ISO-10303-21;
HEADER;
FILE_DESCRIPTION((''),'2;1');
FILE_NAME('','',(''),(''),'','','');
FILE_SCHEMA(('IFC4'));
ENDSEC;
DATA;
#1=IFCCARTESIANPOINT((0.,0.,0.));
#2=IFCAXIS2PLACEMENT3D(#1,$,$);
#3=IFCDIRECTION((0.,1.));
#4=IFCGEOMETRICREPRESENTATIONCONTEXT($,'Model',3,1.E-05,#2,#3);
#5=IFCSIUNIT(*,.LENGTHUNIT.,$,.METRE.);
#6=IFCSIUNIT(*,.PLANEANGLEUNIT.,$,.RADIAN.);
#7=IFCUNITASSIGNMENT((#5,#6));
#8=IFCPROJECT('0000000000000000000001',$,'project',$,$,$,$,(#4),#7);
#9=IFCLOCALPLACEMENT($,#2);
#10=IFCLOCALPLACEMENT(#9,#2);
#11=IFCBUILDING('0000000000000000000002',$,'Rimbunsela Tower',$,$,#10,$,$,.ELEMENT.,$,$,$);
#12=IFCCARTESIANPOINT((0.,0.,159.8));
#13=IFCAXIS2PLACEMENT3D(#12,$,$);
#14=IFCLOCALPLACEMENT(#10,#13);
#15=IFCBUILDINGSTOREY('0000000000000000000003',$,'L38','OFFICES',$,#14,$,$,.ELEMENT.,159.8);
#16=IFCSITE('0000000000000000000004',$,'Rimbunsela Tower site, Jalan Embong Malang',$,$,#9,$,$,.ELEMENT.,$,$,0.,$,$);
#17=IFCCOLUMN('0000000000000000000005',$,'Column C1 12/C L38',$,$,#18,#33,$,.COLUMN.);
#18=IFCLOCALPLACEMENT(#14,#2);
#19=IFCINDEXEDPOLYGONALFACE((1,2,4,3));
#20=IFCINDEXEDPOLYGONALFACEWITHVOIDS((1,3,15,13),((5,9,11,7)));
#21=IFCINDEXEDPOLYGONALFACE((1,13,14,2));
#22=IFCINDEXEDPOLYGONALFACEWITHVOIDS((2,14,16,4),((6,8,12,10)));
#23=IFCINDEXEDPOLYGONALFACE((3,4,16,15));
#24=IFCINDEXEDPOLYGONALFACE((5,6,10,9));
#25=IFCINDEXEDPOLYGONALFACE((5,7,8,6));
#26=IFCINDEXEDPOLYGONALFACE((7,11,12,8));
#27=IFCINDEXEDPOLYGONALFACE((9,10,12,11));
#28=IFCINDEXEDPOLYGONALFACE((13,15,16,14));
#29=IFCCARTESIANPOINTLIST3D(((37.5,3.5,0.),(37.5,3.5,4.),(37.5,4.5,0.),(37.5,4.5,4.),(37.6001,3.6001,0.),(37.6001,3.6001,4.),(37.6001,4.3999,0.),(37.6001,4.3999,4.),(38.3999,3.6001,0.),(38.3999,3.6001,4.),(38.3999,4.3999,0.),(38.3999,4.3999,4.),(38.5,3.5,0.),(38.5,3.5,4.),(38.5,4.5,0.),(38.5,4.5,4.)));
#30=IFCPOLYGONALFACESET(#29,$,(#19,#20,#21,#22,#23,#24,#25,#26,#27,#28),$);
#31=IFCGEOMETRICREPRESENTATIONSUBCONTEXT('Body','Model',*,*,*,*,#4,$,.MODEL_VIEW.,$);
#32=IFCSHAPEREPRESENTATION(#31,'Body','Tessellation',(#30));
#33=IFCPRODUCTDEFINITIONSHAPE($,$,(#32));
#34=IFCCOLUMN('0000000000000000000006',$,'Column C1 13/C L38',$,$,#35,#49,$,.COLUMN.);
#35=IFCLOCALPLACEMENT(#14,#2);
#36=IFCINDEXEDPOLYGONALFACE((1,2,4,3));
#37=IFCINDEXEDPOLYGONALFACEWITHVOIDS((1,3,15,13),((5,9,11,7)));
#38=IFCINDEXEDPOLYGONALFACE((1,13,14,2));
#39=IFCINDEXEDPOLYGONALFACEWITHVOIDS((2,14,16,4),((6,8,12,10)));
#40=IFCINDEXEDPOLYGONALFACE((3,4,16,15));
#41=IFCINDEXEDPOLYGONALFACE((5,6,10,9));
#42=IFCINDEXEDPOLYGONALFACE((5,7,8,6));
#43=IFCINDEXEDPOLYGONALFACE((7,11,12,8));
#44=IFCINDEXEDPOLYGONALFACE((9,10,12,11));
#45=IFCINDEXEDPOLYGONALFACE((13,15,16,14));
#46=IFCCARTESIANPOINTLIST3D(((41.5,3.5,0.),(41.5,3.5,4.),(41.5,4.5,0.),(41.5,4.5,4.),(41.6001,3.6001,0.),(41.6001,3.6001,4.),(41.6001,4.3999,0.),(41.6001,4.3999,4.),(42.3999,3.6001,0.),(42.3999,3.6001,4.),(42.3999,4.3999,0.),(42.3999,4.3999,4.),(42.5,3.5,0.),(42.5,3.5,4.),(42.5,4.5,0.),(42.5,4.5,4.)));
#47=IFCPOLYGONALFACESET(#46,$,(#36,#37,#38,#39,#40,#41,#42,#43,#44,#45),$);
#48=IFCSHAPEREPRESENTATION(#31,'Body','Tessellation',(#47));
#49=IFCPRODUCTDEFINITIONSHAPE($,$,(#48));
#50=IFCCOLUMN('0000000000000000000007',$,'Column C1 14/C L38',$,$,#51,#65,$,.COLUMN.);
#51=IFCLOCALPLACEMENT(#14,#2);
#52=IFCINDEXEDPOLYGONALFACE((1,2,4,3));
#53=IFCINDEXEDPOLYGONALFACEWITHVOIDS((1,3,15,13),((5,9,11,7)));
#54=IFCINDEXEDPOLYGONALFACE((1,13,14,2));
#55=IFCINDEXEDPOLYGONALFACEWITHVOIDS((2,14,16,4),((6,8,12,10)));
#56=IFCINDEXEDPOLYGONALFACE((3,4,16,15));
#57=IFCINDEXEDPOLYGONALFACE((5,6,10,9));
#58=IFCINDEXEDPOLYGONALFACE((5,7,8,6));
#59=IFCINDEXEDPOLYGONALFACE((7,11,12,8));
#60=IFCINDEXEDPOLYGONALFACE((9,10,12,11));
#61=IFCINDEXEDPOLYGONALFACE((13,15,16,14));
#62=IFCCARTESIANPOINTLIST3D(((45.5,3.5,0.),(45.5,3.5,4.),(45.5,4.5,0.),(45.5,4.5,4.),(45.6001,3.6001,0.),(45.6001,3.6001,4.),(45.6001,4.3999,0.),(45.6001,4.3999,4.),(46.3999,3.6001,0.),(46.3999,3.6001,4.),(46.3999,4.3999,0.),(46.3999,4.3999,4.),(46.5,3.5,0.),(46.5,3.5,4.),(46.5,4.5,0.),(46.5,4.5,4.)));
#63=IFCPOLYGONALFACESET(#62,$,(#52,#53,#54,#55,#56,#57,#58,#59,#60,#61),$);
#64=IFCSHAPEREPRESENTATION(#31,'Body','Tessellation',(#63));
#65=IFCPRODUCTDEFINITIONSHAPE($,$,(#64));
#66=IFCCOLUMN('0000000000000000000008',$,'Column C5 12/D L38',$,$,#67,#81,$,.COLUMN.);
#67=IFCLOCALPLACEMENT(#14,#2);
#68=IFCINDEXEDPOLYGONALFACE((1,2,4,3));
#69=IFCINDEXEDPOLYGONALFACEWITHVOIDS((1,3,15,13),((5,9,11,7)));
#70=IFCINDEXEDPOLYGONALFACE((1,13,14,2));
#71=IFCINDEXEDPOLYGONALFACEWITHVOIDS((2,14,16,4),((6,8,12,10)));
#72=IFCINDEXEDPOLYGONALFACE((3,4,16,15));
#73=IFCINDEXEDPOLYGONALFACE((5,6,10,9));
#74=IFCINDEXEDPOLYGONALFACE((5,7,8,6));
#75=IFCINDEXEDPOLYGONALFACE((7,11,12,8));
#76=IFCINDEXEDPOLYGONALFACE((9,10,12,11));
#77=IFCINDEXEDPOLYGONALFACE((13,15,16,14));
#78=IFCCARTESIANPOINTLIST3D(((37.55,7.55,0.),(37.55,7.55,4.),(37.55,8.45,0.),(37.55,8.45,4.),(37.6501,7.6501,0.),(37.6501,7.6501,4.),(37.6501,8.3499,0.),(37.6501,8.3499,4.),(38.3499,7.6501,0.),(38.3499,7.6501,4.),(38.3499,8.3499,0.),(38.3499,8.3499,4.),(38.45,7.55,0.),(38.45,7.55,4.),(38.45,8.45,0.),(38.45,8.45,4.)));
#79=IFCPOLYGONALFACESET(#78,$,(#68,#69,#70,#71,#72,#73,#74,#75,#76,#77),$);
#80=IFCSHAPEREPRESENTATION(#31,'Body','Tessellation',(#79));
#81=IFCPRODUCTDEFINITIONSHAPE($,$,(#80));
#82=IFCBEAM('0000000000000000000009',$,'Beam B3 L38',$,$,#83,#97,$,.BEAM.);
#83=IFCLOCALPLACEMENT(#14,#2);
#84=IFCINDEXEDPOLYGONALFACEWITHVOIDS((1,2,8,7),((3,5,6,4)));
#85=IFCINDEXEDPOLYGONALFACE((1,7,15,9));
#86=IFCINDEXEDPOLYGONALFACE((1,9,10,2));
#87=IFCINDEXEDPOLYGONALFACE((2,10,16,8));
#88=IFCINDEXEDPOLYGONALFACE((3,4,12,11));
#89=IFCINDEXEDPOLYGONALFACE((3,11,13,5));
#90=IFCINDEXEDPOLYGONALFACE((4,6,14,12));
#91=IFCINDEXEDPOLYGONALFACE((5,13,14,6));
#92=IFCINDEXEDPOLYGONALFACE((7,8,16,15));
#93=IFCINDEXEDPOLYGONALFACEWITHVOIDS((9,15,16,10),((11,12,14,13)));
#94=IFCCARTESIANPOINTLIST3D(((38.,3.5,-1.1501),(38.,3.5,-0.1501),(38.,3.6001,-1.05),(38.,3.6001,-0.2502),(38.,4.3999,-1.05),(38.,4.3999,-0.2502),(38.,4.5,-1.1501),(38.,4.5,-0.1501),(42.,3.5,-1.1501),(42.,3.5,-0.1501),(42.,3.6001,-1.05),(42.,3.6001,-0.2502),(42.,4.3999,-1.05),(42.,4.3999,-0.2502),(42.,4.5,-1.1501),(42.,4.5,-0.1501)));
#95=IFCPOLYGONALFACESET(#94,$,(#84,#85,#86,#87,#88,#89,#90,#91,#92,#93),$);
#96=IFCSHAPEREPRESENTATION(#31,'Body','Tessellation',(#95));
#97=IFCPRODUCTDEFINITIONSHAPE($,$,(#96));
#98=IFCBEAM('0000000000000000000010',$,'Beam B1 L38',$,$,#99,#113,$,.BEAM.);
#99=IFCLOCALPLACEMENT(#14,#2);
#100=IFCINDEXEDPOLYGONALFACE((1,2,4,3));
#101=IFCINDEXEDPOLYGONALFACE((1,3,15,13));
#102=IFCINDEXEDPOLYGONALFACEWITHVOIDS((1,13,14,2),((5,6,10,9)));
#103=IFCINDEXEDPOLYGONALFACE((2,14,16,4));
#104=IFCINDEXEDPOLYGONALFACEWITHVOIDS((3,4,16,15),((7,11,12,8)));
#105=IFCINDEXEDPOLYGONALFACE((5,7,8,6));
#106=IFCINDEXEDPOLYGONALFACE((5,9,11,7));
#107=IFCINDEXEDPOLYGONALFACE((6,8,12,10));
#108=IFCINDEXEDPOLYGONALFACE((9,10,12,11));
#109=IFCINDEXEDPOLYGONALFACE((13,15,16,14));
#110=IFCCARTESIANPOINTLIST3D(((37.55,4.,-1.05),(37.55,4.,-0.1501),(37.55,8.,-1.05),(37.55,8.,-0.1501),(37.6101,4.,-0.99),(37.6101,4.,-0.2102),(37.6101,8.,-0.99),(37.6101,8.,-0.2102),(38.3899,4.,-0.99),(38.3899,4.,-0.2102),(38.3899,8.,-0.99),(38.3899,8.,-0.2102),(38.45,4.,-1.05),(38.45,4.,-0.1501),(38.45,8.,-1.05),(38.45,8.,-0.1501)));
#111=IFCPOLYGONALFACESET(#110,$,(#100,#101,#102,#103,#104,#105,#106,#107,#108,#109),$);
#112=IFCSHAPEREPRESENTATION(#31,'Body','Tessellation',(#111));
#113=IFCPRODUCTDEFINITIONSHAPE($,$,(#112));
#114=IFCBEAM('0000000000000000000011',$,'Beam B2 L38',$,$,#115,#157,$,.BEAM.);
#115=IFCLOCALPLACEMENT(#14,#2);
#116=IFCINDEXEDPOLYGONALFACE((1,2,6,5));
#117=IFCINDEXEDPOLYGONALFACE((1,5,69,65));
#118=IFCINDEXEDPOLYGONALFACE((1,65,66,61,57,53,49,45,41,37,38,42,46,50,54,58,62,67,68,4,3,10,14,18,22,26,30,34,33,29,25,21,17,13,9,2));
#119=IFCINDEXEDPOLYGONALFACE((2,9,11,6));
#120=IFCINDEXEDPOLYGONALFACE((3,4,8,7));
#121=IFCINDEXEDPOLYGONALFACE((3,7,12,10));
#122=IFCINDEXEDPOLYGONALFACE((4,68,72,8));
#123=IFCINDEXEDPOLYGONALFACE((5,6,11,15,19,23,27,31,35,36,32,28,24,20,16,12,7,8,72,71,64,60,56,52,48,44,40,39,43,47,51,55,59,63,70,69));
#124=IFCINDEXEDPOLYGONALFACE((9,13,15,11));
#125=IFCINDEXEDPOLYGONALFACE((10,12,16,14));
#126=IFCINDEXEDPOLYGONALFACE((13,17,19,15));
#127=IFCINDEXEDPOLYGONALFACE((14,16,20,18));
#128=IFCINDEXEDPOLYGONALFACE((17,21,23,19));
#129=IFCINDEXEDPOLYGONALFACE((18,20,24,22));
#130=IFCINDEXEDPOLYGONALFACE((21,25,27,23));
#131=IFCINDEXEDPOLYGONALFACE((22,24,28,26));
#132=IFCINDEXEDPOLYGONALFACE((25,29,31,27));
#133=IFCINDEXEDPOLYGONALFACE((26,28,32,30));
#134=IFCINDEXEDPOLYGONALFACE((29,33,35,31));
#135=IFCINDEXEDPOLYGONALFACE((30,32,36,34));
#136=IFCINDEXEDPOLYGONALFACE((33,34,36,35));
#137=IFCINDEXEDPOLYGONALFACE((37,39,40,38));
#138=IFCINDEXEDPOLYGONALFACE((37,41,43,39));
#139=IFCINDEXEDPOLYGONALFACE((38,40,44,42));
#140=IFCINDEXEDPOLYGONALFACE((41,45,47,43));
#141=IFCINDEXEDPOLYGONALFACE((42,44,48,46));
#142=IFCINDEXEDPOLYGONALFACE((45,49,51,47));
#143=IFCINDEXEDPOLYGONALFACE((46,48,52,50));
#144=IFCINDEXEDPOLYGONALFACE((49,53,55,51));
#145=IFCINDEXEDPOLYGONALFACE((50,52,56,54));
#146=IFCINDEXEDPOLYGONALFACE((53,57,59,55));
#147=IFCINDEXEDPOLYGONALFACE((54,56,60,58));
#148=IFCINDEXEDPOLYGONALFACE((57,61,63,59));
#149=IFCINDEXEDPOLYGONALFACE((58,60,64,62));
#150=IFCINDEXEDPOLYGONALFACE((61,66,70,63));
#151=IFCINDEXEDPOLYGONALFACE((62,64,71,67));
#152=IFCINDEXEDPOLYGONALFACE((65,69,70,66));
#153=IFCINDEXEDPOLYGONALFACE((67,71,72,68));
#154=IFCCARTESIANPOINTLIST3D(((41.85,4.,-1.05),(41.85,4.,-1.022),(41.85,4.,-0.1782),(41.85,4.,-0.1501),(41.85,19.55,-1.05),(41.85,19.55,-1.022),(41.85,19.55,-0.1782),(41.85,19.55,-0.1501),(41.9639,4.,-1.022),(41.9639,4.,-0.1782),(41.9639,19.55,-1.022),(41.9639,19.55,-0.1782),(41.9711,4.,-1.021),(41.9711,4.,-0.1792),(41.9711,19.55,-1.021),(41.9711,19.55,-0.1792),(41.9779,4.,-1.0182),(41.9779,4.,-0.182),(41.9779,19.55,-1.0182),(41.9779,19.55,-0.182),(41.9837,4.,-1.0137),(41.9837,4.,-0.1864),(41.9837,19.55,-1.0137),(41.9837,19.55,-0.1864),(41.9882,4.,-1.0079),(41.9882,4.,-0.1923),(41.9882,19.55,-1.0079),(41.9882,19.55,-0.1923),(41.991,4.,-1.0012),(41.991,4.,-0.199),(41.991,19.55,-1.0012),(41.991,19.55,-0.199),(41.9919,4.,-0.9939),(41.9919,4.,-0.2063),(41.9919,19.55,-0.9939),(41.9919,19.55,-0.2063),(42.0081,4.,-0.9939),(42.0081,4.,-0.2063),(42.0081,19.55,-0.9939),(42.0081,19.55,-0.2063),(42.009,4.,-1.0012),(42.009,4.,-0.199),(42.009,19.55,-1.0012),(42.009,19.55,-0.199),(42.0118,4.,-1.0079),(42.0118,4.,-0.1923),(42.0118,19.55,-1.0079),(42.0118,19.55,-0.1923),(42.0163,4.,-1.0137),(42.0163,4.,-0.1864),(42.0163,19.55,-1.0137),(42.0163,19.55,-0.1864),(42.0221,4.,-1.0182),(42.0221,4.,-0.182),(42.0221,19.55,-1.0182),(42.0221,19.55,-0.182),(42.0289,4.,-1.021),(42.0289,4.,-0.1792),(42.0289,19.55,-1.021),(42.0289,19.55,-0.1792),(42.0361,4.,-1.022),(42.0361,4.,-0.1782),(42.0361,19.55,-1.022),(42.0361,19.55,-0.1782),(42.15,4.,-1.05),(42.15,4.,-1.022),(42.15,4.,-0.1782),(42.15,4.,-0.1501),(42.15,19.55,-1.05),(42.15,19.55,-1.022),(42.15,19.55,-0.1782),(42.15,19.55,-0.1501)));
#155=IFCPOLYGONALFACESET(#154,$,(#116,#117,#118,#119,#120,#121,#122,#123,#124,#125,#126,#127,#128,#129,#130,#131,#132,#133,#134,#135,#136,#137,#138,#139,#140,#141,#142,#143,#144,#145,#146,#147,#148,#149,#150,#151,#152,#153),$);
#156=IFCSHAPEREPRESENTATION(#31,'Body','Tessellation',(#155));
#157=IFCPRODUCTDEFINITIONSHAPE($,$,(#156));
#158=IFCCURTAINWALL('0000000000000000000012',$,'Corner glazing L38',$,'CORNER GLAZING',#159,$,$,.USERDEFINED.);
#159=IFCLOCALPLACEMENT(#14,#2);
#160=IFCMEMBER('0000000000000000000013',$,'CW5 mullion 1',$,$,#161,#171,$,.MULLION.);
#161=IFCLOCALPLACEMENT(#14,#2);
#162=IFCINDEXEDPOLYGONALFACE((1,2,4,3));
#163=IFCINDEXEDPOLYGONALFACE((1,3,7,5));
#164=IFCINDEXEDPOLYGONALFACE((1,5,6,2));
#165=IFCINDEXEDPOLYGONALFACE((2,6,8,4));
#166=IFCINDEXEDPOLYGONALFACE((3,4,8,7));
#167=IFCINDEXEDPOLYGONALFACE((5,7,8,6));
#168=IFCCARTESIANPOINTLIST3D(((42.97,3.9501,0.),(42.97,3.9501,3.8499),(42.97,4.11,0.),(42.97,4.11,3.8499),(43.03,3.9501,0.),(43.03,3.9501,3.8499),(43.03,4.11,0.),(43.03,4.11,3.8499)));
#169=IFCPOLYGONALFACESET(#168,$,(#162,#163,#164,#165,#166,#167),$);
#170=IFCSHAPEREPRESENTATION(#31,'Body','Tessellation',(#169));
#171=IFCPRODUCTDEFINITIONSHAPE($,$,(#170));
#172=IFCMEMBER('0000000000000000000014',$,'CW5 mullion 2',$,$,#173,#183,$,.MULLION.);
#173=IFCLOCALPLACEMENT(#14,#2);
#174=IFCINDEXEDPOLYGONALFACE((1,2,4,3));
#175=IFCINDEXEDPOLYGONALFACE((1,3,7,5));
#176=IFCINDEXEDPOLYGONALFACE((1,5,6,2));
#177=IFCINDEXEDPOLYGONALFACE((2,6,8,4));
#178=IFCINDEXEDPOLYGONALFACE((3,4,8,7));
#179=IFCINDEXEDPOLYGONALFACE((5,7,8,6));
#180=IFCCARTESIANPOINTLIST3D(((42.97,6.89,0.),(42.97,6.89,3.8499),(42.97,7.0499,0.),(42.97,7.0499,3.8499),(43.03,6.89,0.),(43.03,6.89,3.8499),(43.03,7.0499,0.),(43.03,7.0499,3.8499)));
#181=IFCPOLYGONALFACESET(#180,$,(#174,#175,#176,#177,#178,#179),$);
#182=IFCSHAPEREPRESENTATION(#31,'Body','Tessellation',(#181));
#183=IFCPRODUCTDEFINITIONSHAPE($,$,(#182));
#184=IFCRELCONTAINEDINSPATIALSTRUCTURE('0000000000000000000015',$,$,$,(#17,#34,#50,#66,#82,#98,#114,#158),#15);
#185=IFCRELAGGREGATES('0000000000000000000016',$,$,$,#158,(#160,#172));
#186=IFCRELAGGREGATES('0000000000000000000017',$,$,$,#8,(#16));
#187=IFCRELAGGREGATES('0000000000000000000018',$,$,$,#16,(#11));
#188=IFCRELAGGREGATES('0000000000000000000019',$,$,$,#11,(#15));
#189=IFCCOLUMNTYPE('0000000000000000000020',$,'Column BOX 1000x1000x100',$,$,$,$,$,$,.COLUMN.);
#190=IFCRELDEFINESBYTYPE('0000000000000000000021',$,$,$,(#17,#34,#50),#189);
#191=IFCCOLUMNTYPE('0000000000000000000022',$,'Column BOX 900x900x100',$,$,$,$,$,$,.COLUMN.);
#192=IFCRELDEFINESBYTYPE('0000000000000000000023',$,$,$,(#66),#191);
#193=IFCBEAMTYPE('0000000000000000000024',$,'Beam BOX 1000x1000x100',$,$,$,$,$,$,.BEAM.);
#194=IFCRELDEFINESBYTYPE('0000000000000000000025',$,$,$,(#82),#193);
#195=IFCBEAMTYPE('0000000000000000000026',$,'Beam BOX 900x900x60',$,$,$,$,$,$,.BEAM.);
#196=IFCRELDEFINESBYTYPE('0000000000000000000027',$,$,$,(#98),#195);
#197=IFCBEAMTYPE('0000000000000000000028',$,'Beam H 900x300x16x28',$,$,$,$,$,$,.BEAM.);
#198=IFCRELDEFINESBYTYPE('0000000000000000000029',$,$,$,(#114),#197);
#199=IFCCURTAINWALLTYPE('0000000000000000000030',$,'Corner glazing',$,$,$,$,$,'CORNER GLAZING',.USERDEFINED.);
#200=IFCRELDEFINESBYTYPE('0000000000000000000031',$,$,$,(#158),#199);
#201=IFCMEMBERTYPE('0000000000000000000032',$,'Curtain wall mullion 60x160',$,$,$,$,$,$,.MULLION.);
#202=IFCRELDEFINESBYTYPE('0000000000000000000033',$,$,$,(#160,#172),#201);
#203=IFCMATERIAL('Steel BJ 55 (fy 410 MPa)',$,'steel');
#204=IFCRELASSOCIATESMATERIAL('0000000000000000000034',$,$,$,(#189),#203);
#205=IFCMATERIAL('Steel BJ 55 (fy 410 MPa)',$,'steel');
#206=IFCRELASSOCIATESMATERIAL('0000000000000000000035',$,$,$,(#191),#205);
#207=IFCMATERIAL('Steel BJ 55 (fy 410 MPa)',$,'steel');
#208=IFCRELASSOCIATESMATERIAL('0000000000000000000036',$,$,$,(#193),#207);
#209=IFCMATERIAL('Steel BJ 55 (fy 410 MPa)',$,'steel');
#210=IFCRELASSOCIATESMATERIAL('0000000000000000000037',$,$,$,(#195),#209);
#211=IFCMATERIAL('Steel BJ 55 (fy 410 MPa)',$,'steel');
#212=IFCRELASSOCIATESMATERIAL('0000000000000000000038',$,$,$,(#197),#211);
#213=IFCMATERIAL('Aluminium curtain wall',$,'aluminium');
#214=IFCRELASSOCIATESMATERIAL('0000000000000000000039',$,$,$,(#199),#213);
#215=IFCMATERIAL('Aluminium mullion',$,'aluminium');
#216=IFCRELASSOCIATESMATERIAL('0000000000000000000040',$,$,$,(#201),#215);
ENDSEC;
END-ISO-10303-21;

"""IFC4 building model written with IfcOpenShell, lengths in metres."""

from ifc_helpers import new_model, si_unit, direction, frame, origin, origin_2d, place, context, subcontext, project, spatial, rectangle, hollow_rectangle, i_section, extrude, material, material_profile, profile_set, type_object, element, aggregate, save


model = new_model("IFC4")

# Units and contexts
model_context = context("Model", 3, precision=1e-05, world=origin(), true_north=direction((0.0, 1.0)))
body_context = subcontext(model_context, "Body", "Model", "MODEL_VIEW")
ifc_project = project(units=[si_unit("LENGTHUNIT", "METRE"), si_unit("PLANEANGLEUNIT", "RADIAN")], contexts=[model_context])

# Site, building, storey
site_placement = place(None, origin())
site = spatial("IfcSite", under=ifc_project, at=site_placement, Name="Rimbunsela Tower site, Jalan Embong Malang", CompositionType="ELEMENT", RefElevation=0.0)
building_placement = place(site_placement, origin())
building = spatial("IfcBuilding", under=site, at=building_placement, Name="Rimbunsela Tower", CompositionType="ELEMENT")
storey_placement = place(building_placement, frame((0.0, 0.0, 159.8)))
storey = spatial("IfcBuildingStorey", under=building, at=storey_placement, Name="L38", Description="OFFICES", CompositionType="ELEMENT", Elevation=159.8)

# Columns
ifc_material_1 = material(Name="Steel BJ 55 (fy 410 MPa)", Category="steel")
ifc_material_profile_1 = material_profile(ifc_material_1, hollow_rectangle(XDim=1.0, YDim=1.0, WallThickness=0.1001, at=origin_2d()), Name="BOX 1000x1000x100")
ifc_profile_set_1 = profile_set([ifc_material_profile_1], Name="Steel BJ 55 (fy 410 MPa)")
column_type_1 = type_object("IfcColumnType", Name="Column BOX 1000x1000x100", PredefinedType="COLUMN", material=ifc_profile_set_1)
for number, where, z_axis, x_axis, name in (
    (1, (38.0, 4.0, 0.0), (0.0, 0.0, 1.0), (1.0, 0.0, 0.0), "Column C1 12/C L38"),
    (2, (42.0, 4.0, 0.0), (0.0, 0.0, 1.0), (1.0, 0.0, 0.0), "Column C1 13/C L38"),
    (3, (46.0, 4.0, 0.0), (0.0, 0.0, 1.0), (1.0, 0.0, 0.0), "Column C1 14/C L38"),
):
    element("IfcColumn", number, at=place(storey_placement, frame(where, z_axis=z_axis, x_axis=x_axis)), inside=storey, type_object=column_type_1, Name=name, PredefinedType="COLUMN", context=body_context, shape_type="SweptSolid", body=[
        extrude(hollow_rectangle(XDim=1.0, YDim=1.0, WallThickness=0.1001, at=origin_2d()), origin(), (0.0, 0.0, 1.0), 4.0),
    ])
ifc_material_2 = material(Name="Steel BJ 55 (fy 410 MPa)", Category="steel")
ifc_material_profile_2 = material_profile(ifc_material_2, hollow_rectangle(XDim=0.8999, YDim=0.8999, WallThickness=0.1001, at=origin_2d()), Name="BOX 900x900x100")
ifc_profile_set_2 = profile_set([ifc_material_profile_2], Name="Steel BJ 55 (fy 410 MPa)")
column_type_2 = type_object("IfcColumnType", Name="Column BOX 900x900x100", PredefinedType="COLUMN", material=ifc_profile_set_2)
column_placement = place(storey_placement, frame((38.0, 8.0, 0.0), z_axis=(0.0, 0.0, 1.0), x_axis=(1.0, 0.0, 0.0)))
element("IfcColumn", 4, at=column_placement, inside=storey, type_object=column_type_2, Name="Column C5 12/D L38", PredefinedType="COLUMN", context=body_context, shape_type="SweptSolid", body=[
    extrude(hollow_rectangle(XDim=0.8999, YDim=0.8999, WallThickness=0.1001, at=origin_2d()), origin(), (0.0, 0.0, 1.0), 4.0),
])

# Beams
ifc_material_3 = material(Name="Steel BJ 55 (fy 410 MPa)", Category="steel")
ifc_material_profile_3 = material_profile(ifc_material_3, hollow_rectangle(XDim=1.0, YDim=1.0, WallThickness=0.1001, at=origin_2d()), Name="BOX 1000x1000x100")
ifc_profile_set_3 = profile_set([ifc_material_profile_3], Name="Steel BJ 55 (fy 410 MPa)")
beam_type_1 = type_object("IfcBeamType", Name="Beam BOX 1000x1000x100", PredefinedType="BEAM", material=ifc_profile_set_3)
beam_1_placement = place(storey_placement, frame((38.0, 4.0, -0.6501), z_axis=(1.0, 0.0, 0.0), x_axis=(0.0, 1.0, 0.0)))
element("IfcBeam", 5, at=beam_1_placement, inside=storey, type_object=beam_type_1, Name="Beam B3 L38", PredefinedType="BEAM", context=body_context, shape_type="SweptSolid", body=[
    extrude(hollow_rectangle(XDim=1.0, YDim=1.0, WallThickness=0.1001, at=origin_2d()), origin(), (0.0, 0.0, 1.0), 4.0),
])
ifc_material_4 = material(Name="Steel BJ 55 (fy 410 MPa)", Category="steel")
ifc_material_profile_4 = material_profile(ifc_material_4, hollow_rectangle(XDim=0.8999, YDim=0.8999, WallThickness=0.0601, at=origin_2d()), Name="BOX 900x900x60")
ifc_profile_set_4 = profile_set([ifc_material_profile_4], Name="Steel BJ 55 (fy 410 MPa)")
beam_type_2 = type_object("IfcBeamType", Name="Beam BOX 900x900x60", PredefinedType="BEAM", material=ifc_profile_set_4)
beam_2_placement = place(storey_placement, frame((38.0, 4.0, -0.6001), z_axis=(0.0, 1.0, 0.0), x_axis=(-1.0, 0.0, 0.0)))
element("IfcBeam", 6, at=beam_2_placement, inside=storey, type_object=beam_type_2, Name="Beam B1 L38", PredefinedType="BEAM", context=body_context, shape_type="SweptSolid", body=[
    extrude(hollow_rectangle(XDim=0.8999, YDim=0.8999, WallThickness=0.0601, at=origin_2d()), origin(), (0.0, 0.0, 1.0), 4.0),
])
ifc_material_5 = material(Name="Steel BJ 55 (fy 410 MPa)", Category="steel")
ifc_material_profile_5 = material_profile(ifc_material_5, i_section(OverallWidth=0.3, OverallDepth=0.8999, WebThickness=0.0161, FlangeThickness=0.0281, FilletRadius=0.0281, at=origin_2d()), Name="H 900x300x16x28")
ifc_profile_set_5 = profile_set([ifc_material_profile_5], Name="Steel BJ 55 (fy 410 MPa)")
beam_type_3 = type_object("IfcBeamType", Name="Beam H 900x300x16x28", PredefinedType="BEAM", material=ifc_profile_set_5)
beam_3_placement = place(storey_placement, frame((42.0, 4.0, -0.6001), z_axis=(0.0, 1.0, 0.0), x_axis=(-1.0, 0.0, 0.0)))
element("IfcBeam", 7, at=beam_3_placement, inside=storey, type_object=beam_type_3, Name="Beam B2 L38", PredefinedType="BEAM", context=body_context, shape_type="SweptSolid", body=[
    extrude(i_section(OverallWidth=0.3, OverallDepth=0.8999, WebThickness=0.0161, FlangeThickness=0.0281, FilletRadius=0.0281, at=origin_2d()), origin(), (0.0, 0.0, 1.0), 15.55),
])

# Curtain wall, members
ifc_material_6 = material(Name="Aluminium curtain wall", Category="aluminium")
curtain_wall_type = type_object("IfcCurtainWallType", Name="Corner glazing", ElementType="CORNER GLAZING", PredefinedType="USERDEFINED", material=ifc_material_6)
curtain_wall_1_placement = place(storey_placement, origin())
curtain_wall_1 = element("IfcCurtainWall", 8, at=curtain_wall_1_placement, inside=storey, type_object=curtain_wall_type, Name="Corner glazing L38", ObjectType="CORNER GLAZING", PredefinedType="USERDEFINED")
ifc_material_7 = material(Name="Aluminium mullion", Category="aluminium")
ifc_material_profile_6 = material_profile(ifc_material_7, rectangle(XDim=0.0601, YDim=0.1599, at=origin_2d()), Name="Mullion 60x160")
ifc_profile_set_6 = profile_set([ifc_material_profile_6], Name="Aluminium mullion")
member_type_1 = type_object("IfcMemberType", Name="Curtain wall mullion 60x160", PredefinedType="MULLION", material=ifc_profile_set_6)
member_1_placement = place(storey_placement, frame((43.0, 4.03, 0.0), z_axis=(0.0, 0.0, 1.0), x_axis=(-1.0, 0.0, 0.0)))
member_1 = element("IfcMember", 9, at=member_1_placement, type_object=member_type_1, Name="CW5 mullion 1", PredefinedType="MULLION", context=body_context, shape_type="SweptSolid", body=[
    extrude(rectangle(XDim=0.0601, YDim=0.1599, at=origin_2d()), origin(), (0.0, 0.0, 1.0), 3.8499),
])
member_2_placement = place(storey_placement, frame((43.0, 6.97, 0.0), z_axis=(0.0, 0.0, 1.0), x_axis=(-1.0, 0.0, 0.0)))
member_2 = element("IfcMember", 10, at=member_2_placement, type_object=member_type_1, Name="CW5 mullion 2", PredefinedType="MULLION", context=body_context, shape_type="SweptSolid", body=[
    extrude(rectangle(XDim=0.0601, YDim=0.1599, at=origin_2d()), origin(), (0.0, 0.0, 1.0), 3.8499),
])

aggregate(curtain_wall_1, [member_1, member_2])

save(model, "model.ifc")
